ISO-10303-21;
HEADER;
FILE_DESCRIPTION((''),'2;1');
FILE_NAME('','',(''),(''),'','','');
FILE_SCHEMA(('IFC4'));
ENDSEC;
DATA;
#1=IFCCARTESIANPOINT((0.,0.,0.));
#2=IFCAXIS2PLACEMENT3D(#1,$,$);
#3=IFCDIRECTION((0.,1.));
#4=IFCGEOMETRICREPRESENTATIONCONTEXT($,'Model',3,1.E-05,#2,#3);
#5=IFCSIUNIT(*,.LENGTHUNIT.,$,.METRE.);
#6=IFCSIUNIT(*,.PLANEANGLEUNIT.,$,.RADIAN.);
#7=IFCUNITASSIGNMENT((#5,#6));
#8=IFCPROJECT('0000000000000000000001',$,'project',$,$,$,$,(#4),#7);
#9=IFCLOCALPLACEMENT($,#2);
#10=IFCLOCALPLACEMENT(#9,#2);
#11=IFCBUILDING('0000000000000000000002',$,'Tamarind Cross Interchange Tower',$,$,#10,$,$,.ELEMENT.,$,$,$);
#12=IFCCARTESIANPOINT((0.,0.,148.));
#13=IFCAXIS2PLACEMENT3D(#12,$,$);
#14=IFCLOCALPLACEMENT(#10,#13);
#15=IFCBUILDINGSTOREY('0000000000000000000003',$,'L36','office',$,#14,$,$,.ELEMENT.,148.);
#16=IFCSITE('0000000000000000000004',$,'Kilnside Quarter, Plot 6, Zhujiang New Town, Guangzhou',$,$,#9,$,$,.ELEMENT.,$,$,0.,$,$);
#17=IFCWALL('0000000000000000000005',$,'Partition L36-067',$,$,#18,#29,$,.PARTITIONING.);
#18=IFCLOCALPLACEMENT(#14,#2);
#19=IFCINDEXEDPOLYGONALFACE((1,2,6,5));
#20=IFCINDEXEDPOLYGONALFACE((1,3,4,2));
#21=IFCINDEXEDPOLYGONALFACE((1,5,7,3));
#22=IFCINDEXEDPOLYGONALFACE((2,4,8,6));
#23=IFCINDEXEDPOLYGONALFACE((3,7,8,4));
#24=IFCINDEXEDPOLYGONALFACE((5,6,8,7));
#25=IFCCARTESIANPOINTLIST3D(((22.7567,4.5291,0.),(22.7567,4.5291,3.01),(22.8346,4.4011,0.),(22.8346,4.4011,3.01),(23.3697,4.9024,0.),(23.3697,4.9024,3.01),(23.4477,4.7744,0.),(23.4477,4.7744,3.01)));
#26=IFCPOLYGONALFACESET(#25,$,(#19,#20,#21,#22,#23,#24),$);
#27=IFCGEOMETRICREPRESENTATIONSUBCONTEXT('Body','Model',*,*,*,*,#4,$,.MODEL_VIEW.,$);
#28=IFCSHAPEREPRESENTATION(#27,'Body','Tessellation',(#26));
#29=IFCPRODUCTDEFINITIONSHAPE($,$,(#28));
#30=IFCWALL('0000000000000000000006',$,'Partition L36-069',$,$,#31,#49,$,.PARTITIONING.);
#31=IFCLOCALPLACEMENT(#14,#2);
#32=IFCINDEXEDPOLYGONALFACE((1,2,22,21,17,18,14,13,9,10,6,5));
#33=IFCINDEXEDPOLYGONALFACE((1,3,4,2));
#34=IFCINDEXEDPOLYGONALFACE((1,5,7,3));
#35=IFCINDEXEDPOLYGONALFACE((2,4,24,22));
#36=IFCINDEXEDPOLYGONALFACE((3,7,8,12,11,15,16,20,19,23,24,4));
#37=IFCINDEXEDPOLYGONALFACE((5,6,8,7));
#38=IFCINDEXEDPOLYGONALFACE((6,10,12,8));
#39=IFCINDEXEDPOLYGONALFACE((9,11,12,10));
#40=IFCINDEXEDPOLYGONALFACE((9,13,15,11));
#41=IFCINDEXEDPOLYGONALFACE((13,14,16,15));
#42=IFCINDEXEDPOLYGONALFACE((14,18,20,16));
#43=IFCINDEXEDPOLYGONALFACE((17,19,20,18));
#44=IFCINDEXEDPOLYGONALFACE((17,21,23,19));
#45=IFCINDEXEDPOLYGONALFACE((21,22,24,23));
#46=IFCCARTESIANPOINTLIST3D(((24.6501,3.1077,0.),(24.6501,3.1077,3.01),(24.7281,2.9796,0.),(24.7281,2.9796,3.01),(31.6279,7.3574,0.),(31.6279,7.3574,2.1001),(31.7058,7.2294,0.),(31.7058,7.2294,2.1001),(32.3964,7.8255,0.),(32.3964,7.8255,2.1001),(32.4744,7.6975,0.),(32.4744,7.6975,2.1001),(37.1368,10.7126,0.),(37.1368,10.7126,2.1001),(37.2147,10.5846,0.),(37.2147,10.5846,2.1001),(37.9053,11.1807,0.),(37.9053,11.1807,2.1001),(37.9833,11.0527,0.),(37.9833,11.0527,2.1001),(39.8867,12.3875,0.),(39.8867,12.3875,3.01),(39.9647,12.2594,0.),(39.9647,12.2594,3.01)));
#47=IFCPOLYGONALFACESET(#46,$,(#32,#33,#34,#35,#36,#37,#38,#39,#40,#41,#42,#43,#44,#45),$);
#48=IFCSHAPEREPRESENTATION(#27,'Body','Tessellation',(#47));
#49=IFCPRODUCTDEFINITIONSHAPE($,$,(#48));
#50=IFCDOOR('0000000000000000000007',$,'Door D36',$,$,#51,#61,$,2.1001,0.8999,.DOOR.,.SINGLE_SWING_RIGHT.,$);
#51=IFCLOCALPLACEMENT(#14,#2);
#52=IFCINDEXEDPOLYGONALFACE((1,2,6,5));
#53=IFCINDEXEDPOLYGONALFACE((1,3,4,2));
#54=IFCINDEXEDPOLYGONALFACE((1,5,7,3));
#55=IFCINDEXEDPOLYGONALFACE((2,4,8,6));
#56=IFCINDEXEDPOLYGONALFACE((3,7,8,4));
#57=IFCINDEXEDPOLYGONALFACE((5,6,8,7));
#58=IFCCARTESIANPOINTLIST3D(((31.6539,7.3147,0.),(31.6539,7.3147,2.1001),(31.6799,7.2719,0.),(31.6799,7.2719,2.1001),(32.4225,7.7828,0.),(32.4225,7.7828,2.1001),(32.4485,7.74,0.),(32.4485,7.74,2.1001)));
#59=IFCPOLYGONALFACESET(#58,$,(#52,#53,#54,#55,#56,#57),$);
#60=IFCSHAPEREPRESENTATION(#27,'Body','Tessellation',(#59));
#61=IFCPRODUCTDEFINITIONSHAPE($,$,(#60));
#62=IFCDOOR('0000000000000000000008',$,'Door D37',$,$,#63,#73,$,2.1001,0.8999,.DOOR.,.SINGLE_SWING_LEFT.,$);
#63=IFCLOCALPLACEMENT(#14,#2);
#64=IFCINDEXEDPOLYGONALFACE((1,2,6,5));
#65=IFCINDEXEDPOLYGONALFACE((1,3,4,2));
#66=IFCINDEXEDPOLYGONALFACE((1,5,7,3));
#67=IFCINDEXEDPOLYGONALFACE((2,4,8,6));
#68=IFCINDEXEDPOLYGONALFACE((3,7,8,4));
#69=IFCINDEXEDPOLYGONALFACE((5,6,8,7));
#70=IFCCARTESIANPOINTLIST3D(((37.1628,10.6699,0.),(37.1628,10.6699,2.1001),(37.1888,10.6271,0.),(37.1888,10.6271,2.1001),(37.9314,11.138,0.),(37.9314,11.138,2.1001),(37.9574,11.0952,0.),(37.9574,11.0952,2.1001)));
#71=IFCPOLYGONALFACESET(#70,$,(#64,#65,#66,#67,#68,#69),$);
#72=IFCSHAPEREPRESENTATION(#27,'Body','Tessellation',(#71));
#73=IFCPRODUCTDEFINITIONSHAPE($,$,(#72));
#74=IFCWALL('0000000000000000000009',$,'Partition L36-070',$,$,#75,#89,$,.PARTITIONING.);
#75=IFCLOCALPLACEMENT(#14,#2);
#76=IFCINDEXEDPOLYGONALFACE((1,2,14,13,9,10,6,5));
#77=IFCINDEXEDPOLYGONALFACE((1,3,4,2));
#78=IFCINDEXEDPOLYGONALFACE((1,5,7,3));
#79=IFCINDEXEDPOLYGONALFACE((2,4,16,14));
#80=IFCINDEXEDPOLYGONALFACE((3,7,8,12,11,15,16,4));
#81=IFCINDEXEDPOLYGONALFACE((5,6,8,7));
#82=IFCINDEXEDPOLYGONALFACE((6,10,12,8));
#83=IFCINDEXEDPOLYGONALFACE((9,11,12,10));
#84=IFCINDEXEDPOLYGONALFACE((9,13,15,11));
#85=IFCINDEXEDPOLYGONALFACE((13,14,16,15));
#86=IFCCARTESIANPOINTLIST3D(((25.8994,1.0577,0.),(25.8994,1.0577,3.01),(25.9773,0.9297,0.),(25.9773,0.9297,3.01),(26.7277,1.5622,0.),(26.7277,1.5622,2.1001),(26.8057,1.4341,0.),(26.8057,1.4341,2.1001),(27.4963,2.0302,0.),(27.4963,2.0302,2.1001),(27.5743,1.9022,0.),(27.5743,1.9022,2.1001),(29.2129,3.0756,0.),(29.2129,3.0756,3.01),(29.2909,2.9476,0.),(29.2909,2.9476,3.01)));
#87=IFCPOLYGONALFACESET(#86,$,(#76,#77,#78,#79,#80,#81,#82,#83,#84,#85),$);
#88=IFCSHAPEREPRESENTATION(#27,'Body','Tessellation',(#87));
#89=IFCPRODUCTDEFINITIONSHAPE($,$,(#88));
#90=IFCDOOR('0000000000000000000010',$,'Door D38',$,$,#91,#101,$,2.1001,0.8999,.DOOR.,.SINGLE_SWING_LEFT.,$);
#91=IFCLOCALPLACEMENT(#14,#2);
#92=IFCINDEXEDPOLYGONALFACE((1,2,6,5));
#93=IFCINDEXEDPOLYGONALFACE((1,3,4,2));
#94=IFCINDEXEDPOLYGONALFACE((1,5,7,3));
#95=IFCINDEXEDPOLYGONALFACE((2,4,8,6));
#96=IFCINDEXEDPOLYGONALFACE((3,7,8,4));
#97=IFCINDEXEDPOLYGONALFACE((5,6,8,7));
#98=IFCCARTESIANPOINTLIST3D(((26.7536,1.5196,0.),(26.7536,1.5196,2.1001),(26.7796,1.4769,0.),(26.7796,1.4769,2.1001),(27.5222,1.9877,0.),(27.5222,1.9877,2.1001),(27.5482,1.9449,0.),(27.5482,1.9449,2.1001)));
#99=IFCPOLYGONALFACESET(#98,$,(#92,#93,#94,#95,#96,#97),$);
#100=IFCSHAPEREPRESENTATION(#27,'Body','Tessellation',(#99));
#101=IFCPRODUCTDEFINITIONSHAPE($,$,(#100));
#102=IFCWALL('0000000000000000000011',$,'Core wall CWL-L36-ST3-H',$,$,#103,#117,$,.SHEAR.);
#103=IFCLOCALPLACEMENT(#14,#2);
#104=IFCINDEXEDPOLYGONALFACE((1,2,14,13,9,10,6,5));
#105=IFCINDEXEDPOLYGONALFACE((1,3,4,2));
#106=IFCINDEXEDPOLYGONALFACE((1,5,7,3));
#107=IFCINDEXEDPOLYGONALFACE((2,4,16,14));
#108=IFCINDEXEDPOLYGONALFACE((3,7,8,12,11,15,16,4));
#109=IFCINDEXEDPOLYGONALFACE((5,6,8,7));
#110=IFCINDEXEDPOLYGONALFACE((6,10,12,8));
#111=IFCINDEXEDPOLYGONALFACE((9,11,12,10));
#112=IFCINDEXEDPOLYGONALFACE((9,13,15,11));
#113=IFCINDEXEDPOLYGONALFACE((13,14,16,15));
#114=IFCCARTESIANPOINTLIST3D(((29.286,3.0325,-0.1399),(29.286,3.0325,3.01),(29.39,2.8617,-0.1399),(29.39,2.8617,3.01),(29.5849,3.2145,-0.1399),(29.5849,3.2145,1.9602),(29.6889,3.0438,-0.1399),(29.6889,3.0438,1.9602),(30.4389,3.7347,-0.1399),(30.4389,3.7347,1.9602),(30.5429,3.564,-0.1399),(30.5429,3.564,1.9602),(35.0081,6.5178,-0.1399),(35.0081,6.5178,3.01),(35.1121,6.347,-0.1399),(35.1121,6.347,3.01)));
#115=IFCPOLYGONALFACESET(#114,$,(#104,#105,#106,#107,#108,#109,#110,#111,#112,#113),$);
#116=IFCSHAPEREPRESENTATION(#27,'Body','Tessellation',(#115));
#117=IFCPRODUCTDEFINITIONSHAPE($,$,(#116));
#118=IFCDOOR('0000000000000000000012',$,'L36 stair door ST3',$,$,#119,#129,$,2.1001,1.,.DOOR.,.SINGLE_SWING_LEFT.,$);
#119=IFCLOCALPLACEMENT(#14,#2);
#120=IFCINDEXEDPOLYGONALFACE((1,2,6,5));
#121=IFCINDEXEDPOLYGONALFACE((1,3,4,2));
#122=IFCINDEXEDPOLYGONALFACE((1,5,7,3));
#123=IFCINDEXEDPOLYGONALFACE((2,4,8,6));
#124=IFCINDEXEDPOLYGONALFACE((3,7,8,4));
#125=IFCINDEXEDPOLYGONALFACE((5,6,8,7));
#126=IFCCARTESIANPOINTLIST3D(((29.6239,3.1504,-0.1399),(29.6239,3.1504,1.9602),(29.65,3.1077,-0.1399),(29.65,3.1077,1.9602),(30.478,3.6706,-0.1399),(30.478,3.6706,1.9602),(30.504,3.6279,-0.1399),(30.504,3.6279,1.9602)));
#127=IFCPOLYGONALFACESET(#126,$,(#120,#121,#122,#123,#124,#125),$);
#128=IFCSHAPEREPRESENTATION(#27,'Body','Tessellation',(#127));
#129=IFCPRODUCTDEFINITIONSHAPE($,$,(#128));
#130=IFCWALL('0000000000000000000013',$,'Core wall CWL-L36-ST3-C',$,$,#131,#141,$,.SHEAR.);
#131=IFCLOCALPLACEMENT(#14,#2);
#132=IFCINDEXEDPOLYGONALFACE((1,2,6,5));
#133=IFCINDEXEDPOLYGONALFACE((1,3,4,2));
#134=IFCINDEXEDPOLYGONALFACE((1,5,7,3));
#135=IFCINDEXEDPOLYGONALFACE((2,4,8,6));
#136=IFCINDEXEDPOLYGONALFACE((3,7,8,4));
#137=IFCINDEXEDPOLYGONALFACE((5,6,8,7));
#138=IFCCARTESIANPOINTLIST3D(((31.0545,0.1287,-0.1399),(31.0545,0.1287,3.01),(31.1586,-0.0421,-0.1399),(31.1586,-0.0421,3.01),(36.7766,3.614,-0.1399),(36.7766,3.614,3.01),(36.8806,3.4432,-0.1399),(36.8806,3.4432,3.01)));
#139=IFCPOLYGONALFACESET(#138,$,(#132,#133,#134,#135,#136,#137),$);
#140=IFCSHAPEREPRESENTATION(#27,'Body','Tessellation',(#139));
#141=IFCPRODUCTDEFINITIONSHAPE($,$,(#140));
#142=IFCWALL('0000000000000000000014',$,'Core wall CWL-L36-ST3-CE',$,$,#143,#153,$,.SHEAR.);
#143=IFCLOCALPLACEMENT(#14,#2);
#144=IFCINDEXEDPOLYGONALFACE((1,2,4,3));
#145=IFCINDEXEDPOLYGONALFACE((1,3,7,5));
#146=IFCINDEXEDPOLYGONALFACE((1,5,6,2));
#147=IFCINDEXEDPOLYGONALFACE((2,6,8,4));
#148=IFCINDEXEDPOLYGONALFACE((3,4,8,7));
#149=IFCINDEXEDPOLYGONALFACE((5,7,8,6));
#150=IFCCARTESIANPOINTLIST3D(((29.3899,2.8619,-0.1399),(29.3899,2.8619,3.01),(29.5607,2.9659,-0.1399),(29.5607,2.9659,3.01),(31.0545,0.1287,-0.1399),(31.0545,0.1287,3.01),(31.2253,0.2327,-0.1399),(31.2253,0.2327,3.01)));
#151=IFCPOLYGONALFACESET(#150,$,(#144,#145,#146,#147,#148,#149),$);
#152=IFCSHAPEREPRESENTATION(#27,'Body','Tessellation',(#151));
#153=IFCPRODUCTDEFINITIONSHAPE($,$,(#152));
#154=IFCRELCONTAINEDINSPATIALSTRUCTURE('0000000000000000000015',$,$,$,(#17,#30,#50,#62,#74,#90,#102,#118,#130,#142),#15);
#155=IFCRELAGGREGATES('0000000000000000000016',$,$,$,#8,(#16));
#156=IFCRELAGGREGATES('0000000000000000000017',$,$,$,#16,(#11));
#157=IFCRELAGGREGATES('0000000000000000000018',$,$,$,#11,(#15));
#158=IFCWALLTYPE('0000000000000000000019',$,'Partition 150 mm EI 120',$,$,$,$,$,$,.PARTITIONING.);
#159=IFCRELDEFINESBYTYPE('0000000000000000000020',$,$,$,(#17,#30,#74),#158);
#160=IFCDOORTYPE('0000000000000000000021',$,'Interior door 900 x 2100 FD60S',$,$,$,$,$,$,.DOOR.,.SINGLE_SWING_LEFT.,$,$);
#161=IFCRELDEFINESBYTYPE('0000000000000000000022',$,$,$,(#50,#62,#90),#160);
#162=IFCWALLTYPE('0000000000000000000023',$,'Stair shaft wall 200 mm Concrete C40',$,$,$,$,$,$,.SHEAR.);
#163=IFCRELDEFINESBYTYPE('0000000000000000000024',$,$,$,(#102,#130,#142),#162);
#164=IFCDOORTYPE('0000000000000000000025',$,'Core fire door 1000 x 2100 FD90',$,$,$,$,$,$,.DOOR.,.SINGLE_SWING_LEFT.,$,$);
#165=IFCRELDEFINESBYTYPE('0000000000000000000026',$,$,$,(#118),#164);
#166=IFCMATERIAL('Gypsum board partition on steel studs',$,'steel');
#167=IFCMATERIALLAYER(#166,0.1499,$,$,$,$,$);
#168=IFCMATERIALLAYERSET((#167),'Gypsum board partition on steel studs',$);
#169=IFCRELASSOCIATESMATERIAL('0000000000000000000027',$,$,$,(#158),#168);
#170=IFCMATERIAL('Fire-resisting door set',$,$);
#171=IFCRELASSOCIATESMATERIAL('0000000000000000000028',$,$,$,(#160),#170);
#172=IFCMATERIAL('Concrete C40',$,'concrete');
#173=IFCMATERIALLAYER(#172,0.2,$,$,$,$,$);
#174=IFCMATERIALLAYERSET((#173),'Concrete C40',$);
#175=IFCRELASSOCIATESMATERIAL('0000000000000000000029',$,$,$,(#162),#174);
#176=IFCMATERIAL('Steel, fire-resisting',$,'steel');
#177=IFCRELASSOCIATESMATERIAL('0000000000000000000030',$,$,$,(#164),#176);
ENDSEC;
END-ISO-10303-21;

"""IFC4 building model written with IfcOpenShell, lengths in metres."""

from ifc_helpers import new_model, si_unit, direction, frame, frame_2d, origin, place, context, subcontext, project, spatial, rectangle, extrude, material, layer, layer_set, type_object, element, fill, save


model = new_model("IFC4")

# Units and contexts
model_context = context("Model", 3, precision=1e-05, world=origin(), true_north=direction((0.0, 1.0)))
body_context = subcontext(model_context, "Body", "Model", "MODEL_VIEW")
ifc_project = project(units=[si_unit("LENGTHUNIT", "METRE"), si_unit("PLANEANGLEUNIT", "RADIAN")], contexts=[model_context])

# Site, building, storey
site_placement = place(None, origin())
site = spatial("IfcSite", under=ifc_project, at=site_placement, Name="Kilnside Quarter, Plot 6, Zhujiang New Town, Guangzhou", CompositionType="ELEMENT", RefElevation=0.0)
building_placement = place(site_placement, origin())
building = spatial("IfcBuilding", under=site, at=building_placement, Name="Tamarind Cross Interchange Tower", CompositionType="ELEMENT")
storey_placement = place(building_placement, frame((0.0, 0.0, 148.0)))
storey = spatial("IfcBuildingStorey", under=building, at=storey_placement, Name="L36", Description="office", CompositionType="ELEMENT", Elevation=148.0)

# Shared definitions
ifc_material_1 = material(Name="Gypsum board partition on steel studs", Category="steel")

# Shared definitions
ifc_layer_1 = layer(ifc_material_1, 0.1499)
ifc_layer_set_1 = layer_set([ifc_layer_1], Name="Gypsum board partition on steel studs")
wall_type_1 = type_object("IfcWallType", Name="Partition 150 mm EI 120", PredefinedType="PARTITIONING", material=ifc_layer_set_1)
ifc_material_2 = material(Name="Fire-resisting door set")

# Wall
wall_1_placement = place(storey_placement, frame((22.7957, 4.4651, 0.0), z_axis=(0.0, 0.0, 1.0), x_axis=(0.854113, 0.520087, 0.0)))
element("IfcWall", 1, at=wall_1_placement, inside=storey, type_object=wall_type_1, Name="Partition L36-067", PredefinedType="PARTITIONING", context=body_context, shape_type="SweptSolid", body=[
    extrude(rectangle(XDim=0.7178, YDim=0.1499, at=frame_2d((0.3589, 0.0))), origin(), (0.0, 0.0, 1.0), 3.01),
])

# Wall, openings, doors
wall_2_placement = place(storey_placement, frame((24.6892, 3.0437, 0.0), z_axis=(0.0, 0.0, 1.0), x_axis=(0.854065, 0.520166, 0.0)))
wall_2 = element("IfcWall", 2, at=wall_2_placement, inside=storey, type_object=wall_type_1, Name="Partition L36-069", PredefinedType="PARTITIONING", context=body_context, shape_type="SweptSolid", body=[
    extrude(rectangle(XDim=17.8401, YDim=0.1499, at=frame_2d((8.9199, 0.0))), origin(), (0.0, 0.0, 1.0), 3.01),
])
opening_1_placement = place(wall_2_placement, frame((8.1699, 0.0, 0.0)))
opening_1 = element("IfcOpeningElement", 3, at=opening_1_placement, cuts=wall_2, PredefinedType="OPENING", context=body_context, shape_type="SweptSolid", body=[
    extrude(rectangle(XDim=0.8999, YDim=2.1001, at=frame_2d((0.45, 1.05))), frame((0.0, 0.085, 0.0), z_axis=(0.0, -1.0, 0.0), x_axis=(1.0, 0.0, 0.0)), (0.0, 0.0, 1.0), 0.1699),
])
opening_2_placement = place(wall_2_placement, frame((14.6201, 0.0, 0.0)))
opening_2 = element("IfcOpeningElement", 4, at=opening_2_placement, cuts=wall_2, PredefinedType="OPENING", context=body_context, shape_type="SweptSolid", body=[
    extrude(rectangle(XDim=0.8999, YDim=2.1001, at=frame_2d((0.45, 1.05))), frame((0.0, 0.085, 0.0), z_axis=(0.0, -1.0, 0.0), x_axis=(1.0, 0.0, 0.0)), (0.0, 0.0, 1.0), 0.1699),
])
door_type_1 = type_object("IfcDoorType", Name="Interior door 900 x 2100 FD60S", OperationType="SINGLE_SWING_LEFT", PredefinedType="DOOR", material=ifc_material_2)
door_1_placement = place(opening_1_placement, origin())
door_1 = element("IfcDoor", 5, at=door_1_placement, inside=storey, type_object=door_type_1, Name="Door D36", OperationType="SINGLE_SWING_RIGHT", OverallHeight=2.1001, OverallWidth=0.8999, PredefinedType="DOOR", context=body_context, shape_type="SweptSolid", body=[
    extrude(rectangle(XDim=0.8999, YDim=2.1001, at=frame_2d((0.45, 1.05))), frame((0.0, 0.0249, 0.0), z_axis=(0.0, -1.0, 0.0), x_axis=(1.0, 0.0, 0.0)), (0.0, 0.0, 1.0), 0.05),
])
fill(opening_1, door_1)
door_2_placement = place(opening_2_placement, origin())
door_2 = element("IfcDoor", 6, at=door_2_placement, inside=storey, type_object=door_type_1, Name="Door D37", OperationType="SINGLE_SWING_LEFT", OverallHeight=2.1001, OverallWidth=0.8999, PredefinedType="DOOR", context=body_context, shape_type="SweptSolid", body=[
    extrude(rectangle(XDim=0.8999, YDim=2.1001, at=frame_2d((0.45, 1.05))), frame((0.0, 0.0249, 0.0), z_axis=(0.0, -1.0, 0.0), x_axis=(1.0, 0.0, 0.0)), (0.0, 0.0, 1.0), 0.05),
])
fill(opening_2, door_2)

# Walls, openings, doors
wall_3_placement = place(storey_placement, frame((25.9382, 0.9937, 0.0), z_axis=(0.0, 0.0, 1.0), x_axis=(0.854093, 0.520121, 0.0)))
wall_3 = element("IfcWall", 7, at=wall_3_placement, inside=storey, type_object=wall_type_1, Name="Partition L36-070", PredefinedType="PARTITIONING", context=body_context, shape_type="SweptSolid", body=[
    extrude(rectangle(XDim=3.8796, YDim=0.1499, at=frame_2d((1.9399, 0.0))), origin(), (0.0, 0.0, 1.0), 3.01),
])
opening_3_placement = place(wall_3_placement, frame((0.97, 0.0, 0.0)))
opening_3 = element("IfcOpeningElement", 8, at=opening_3_placement, cuts=wall_3, PredefinedType="OPENING", context=body_context, shape_type="SweptSolid", body=[
    extrude(rectangle(XDim=0.8999, YDim=2.1001, at=frame_2d((0.45, 1.05))), frame((0.0, 0.085, 0.0), z_axis=(0.0, -1.0, 0.0), x_axis=(1.0, 0.0, 0.0)), (0.0, 0.0, 1.0), 0.1699),
])
door_3_placement = place(opening_3_placement, frame((0.8999, 0.0, 0.0), z_axis=(0.0, 0.0, 1.0), x_axis=(-1.0, 0.0, 0.0)))
door_3 = element("IfcDoor", 9, at=door_3_placement, inside=storey, type_object=door_type_1, Name="Door D38", OperationType="SINGLE_SWING_LEFT", OverallHeight=2.1001, OverallWidth=0.8999, PredefinedType="DOOR", context=body_context, shape_type="SweptSolid", body=[
    extrude(rectangle(XDim=0.8999, YDim=2.1001, at=frame_2d((0.45, 1.05))), frame((0.0, 0.0249, 0.0), z_axis=(0.0, -1.0, 0.0), x_axis=(1.0, 0.0, 0.0)), (0.0, 0.0, 1.0), 0.05),
])
fill(opening_3, door_3)
ifc_material_3 = material(Name="Concrete C40", Category="concrete")
ifc_layer_2 = layer(ifc_material_3, 0.2)
ifc_layer_set_2 = layer_set([ifc_layer_2], Name="Concrete C40")
wall_type_2 = type_object("IfcWallType", Name="Stair shaft wall 200 mm Concrete C40", PredefinedType="SHEAR", material=ifc_layer_set_2)
wall_4_placement = place(storey_placement, frame((29.3379, 2.947, -0.1399), z_axis=(0.0, 0.0, 1.0), x_axis=(0.854047, 0.520197, 0.0)))
wall_4 = element("IfcWall", 10, at=wall_4_placement, inside=storey, type_object=wall_type_2, Name="Core wall CWL-L36-ST3-H", PredefinedType="SHEAR", context=body_context, shape_type="SweptSolid", body=[
    extrude(rectangle(XDim=6.7, YDim=0.2, at=frame_2d((3.3501, 0.0))), origin(), (0.0, 0.0, 1.0), 3.1499),
])
opening_4_placement = place(wall_4_placement, frame((0.3501, 0.0, 0.0)))
opening_4 = element("IfcOpeningElement", 11, at=opening_4_placement, cuts=wall_4, PredefinedType="OPENING", context=body_context, shape_type="SweptSolid", body=[
    extrude(rectangle(XDim=1.0, YDim=2.1001, at=frame_2d((0.5, 1.05))), frame((0.0, 0.1099, 0.0), z_axis=(0.0, -1.0, 0.0), x_axis=(1.0, 0.0, 0.0)), (0.0, 0.0, 1.0), 0.22),
])
ifc_material_4 = material(Name="Steel, fire-resisting", Category="steel")
door_type_2 = type_object("IfcDoorType", Name="Core fire door 1000 x 2100 FD90", OperationType="SINGLE_SWING_LEFT", PredefinedType="DOOR", material=ifc_material_4)
door_4_placement = place(opening_4_placement, origin())
door_4 = element("IfcDoor", 12, at=door_4_placement, inside=storey, type_object=door_type_2, Name="L36 stair door ST3", OperationType="SINGLE_SWING_LEFT", OverallHeight=2.1001, OverallWidth=1.0, PredefinedType="DOOR", context=body_context, shape_type="SweptSolid", body=[
    extrude(rectangle(XDim=1.0, YDim=2.1001, at=frame_2d((0.5, 1.05))), frame((0.0, 0.0249, 0.0), z_axis=(0.0, -1.0, 0.0), x_axis=(1.0, 0.0, 0.0)), (0.0, 0.0, 1.0), 0.05),
])
fill(opening_4, door_4)

# Walls
wall_5_placement = place(storey_placement, frame((31.1064, 0.0432, -0.1399), z_axis=(0.0, 0.0, 1.0), x_axis=(0.854047, 0.520197, 0.0)))
element("IfcWall", 13, at=wall_5_placement, inside=storey, type_object=wall_type_2, Name="Core wall CWL-L36-ST3-C", PredefinedType="SHEAR", context=body_context, shape_type="SweptSolid", body=[
    extrude(rectangle(XDim=6.7, YDim=0.2, at=frame_2d((3.3501, 0.0))), origin(), (0.0, 0.0, 1.0), 3.1499),
])
wall_6_placement = place(storey_placement, frame((31.1399, 0.1807, -0.1399), z_axis=(0.0, 0.0, 1.0), x_axis=(-0.52015, 0.854075, 0.0)))
element("IfcWall", 14, at=wall_6_placement, inside=storey, type_object=wall_type_2, Name="Core wall CWL-L36-ST3-CE", PredefinedType="SHEAR", context=body_context, shape_type="SweptSolid", body=[
    extrude(rectangle(XDim=3.2002, YDim=0.2, at=frame_2d((1.6001, 0.0))), origin(), (0.0, 0.0, 1.0), 3.1499),
])

save(model, "model.ifc")
